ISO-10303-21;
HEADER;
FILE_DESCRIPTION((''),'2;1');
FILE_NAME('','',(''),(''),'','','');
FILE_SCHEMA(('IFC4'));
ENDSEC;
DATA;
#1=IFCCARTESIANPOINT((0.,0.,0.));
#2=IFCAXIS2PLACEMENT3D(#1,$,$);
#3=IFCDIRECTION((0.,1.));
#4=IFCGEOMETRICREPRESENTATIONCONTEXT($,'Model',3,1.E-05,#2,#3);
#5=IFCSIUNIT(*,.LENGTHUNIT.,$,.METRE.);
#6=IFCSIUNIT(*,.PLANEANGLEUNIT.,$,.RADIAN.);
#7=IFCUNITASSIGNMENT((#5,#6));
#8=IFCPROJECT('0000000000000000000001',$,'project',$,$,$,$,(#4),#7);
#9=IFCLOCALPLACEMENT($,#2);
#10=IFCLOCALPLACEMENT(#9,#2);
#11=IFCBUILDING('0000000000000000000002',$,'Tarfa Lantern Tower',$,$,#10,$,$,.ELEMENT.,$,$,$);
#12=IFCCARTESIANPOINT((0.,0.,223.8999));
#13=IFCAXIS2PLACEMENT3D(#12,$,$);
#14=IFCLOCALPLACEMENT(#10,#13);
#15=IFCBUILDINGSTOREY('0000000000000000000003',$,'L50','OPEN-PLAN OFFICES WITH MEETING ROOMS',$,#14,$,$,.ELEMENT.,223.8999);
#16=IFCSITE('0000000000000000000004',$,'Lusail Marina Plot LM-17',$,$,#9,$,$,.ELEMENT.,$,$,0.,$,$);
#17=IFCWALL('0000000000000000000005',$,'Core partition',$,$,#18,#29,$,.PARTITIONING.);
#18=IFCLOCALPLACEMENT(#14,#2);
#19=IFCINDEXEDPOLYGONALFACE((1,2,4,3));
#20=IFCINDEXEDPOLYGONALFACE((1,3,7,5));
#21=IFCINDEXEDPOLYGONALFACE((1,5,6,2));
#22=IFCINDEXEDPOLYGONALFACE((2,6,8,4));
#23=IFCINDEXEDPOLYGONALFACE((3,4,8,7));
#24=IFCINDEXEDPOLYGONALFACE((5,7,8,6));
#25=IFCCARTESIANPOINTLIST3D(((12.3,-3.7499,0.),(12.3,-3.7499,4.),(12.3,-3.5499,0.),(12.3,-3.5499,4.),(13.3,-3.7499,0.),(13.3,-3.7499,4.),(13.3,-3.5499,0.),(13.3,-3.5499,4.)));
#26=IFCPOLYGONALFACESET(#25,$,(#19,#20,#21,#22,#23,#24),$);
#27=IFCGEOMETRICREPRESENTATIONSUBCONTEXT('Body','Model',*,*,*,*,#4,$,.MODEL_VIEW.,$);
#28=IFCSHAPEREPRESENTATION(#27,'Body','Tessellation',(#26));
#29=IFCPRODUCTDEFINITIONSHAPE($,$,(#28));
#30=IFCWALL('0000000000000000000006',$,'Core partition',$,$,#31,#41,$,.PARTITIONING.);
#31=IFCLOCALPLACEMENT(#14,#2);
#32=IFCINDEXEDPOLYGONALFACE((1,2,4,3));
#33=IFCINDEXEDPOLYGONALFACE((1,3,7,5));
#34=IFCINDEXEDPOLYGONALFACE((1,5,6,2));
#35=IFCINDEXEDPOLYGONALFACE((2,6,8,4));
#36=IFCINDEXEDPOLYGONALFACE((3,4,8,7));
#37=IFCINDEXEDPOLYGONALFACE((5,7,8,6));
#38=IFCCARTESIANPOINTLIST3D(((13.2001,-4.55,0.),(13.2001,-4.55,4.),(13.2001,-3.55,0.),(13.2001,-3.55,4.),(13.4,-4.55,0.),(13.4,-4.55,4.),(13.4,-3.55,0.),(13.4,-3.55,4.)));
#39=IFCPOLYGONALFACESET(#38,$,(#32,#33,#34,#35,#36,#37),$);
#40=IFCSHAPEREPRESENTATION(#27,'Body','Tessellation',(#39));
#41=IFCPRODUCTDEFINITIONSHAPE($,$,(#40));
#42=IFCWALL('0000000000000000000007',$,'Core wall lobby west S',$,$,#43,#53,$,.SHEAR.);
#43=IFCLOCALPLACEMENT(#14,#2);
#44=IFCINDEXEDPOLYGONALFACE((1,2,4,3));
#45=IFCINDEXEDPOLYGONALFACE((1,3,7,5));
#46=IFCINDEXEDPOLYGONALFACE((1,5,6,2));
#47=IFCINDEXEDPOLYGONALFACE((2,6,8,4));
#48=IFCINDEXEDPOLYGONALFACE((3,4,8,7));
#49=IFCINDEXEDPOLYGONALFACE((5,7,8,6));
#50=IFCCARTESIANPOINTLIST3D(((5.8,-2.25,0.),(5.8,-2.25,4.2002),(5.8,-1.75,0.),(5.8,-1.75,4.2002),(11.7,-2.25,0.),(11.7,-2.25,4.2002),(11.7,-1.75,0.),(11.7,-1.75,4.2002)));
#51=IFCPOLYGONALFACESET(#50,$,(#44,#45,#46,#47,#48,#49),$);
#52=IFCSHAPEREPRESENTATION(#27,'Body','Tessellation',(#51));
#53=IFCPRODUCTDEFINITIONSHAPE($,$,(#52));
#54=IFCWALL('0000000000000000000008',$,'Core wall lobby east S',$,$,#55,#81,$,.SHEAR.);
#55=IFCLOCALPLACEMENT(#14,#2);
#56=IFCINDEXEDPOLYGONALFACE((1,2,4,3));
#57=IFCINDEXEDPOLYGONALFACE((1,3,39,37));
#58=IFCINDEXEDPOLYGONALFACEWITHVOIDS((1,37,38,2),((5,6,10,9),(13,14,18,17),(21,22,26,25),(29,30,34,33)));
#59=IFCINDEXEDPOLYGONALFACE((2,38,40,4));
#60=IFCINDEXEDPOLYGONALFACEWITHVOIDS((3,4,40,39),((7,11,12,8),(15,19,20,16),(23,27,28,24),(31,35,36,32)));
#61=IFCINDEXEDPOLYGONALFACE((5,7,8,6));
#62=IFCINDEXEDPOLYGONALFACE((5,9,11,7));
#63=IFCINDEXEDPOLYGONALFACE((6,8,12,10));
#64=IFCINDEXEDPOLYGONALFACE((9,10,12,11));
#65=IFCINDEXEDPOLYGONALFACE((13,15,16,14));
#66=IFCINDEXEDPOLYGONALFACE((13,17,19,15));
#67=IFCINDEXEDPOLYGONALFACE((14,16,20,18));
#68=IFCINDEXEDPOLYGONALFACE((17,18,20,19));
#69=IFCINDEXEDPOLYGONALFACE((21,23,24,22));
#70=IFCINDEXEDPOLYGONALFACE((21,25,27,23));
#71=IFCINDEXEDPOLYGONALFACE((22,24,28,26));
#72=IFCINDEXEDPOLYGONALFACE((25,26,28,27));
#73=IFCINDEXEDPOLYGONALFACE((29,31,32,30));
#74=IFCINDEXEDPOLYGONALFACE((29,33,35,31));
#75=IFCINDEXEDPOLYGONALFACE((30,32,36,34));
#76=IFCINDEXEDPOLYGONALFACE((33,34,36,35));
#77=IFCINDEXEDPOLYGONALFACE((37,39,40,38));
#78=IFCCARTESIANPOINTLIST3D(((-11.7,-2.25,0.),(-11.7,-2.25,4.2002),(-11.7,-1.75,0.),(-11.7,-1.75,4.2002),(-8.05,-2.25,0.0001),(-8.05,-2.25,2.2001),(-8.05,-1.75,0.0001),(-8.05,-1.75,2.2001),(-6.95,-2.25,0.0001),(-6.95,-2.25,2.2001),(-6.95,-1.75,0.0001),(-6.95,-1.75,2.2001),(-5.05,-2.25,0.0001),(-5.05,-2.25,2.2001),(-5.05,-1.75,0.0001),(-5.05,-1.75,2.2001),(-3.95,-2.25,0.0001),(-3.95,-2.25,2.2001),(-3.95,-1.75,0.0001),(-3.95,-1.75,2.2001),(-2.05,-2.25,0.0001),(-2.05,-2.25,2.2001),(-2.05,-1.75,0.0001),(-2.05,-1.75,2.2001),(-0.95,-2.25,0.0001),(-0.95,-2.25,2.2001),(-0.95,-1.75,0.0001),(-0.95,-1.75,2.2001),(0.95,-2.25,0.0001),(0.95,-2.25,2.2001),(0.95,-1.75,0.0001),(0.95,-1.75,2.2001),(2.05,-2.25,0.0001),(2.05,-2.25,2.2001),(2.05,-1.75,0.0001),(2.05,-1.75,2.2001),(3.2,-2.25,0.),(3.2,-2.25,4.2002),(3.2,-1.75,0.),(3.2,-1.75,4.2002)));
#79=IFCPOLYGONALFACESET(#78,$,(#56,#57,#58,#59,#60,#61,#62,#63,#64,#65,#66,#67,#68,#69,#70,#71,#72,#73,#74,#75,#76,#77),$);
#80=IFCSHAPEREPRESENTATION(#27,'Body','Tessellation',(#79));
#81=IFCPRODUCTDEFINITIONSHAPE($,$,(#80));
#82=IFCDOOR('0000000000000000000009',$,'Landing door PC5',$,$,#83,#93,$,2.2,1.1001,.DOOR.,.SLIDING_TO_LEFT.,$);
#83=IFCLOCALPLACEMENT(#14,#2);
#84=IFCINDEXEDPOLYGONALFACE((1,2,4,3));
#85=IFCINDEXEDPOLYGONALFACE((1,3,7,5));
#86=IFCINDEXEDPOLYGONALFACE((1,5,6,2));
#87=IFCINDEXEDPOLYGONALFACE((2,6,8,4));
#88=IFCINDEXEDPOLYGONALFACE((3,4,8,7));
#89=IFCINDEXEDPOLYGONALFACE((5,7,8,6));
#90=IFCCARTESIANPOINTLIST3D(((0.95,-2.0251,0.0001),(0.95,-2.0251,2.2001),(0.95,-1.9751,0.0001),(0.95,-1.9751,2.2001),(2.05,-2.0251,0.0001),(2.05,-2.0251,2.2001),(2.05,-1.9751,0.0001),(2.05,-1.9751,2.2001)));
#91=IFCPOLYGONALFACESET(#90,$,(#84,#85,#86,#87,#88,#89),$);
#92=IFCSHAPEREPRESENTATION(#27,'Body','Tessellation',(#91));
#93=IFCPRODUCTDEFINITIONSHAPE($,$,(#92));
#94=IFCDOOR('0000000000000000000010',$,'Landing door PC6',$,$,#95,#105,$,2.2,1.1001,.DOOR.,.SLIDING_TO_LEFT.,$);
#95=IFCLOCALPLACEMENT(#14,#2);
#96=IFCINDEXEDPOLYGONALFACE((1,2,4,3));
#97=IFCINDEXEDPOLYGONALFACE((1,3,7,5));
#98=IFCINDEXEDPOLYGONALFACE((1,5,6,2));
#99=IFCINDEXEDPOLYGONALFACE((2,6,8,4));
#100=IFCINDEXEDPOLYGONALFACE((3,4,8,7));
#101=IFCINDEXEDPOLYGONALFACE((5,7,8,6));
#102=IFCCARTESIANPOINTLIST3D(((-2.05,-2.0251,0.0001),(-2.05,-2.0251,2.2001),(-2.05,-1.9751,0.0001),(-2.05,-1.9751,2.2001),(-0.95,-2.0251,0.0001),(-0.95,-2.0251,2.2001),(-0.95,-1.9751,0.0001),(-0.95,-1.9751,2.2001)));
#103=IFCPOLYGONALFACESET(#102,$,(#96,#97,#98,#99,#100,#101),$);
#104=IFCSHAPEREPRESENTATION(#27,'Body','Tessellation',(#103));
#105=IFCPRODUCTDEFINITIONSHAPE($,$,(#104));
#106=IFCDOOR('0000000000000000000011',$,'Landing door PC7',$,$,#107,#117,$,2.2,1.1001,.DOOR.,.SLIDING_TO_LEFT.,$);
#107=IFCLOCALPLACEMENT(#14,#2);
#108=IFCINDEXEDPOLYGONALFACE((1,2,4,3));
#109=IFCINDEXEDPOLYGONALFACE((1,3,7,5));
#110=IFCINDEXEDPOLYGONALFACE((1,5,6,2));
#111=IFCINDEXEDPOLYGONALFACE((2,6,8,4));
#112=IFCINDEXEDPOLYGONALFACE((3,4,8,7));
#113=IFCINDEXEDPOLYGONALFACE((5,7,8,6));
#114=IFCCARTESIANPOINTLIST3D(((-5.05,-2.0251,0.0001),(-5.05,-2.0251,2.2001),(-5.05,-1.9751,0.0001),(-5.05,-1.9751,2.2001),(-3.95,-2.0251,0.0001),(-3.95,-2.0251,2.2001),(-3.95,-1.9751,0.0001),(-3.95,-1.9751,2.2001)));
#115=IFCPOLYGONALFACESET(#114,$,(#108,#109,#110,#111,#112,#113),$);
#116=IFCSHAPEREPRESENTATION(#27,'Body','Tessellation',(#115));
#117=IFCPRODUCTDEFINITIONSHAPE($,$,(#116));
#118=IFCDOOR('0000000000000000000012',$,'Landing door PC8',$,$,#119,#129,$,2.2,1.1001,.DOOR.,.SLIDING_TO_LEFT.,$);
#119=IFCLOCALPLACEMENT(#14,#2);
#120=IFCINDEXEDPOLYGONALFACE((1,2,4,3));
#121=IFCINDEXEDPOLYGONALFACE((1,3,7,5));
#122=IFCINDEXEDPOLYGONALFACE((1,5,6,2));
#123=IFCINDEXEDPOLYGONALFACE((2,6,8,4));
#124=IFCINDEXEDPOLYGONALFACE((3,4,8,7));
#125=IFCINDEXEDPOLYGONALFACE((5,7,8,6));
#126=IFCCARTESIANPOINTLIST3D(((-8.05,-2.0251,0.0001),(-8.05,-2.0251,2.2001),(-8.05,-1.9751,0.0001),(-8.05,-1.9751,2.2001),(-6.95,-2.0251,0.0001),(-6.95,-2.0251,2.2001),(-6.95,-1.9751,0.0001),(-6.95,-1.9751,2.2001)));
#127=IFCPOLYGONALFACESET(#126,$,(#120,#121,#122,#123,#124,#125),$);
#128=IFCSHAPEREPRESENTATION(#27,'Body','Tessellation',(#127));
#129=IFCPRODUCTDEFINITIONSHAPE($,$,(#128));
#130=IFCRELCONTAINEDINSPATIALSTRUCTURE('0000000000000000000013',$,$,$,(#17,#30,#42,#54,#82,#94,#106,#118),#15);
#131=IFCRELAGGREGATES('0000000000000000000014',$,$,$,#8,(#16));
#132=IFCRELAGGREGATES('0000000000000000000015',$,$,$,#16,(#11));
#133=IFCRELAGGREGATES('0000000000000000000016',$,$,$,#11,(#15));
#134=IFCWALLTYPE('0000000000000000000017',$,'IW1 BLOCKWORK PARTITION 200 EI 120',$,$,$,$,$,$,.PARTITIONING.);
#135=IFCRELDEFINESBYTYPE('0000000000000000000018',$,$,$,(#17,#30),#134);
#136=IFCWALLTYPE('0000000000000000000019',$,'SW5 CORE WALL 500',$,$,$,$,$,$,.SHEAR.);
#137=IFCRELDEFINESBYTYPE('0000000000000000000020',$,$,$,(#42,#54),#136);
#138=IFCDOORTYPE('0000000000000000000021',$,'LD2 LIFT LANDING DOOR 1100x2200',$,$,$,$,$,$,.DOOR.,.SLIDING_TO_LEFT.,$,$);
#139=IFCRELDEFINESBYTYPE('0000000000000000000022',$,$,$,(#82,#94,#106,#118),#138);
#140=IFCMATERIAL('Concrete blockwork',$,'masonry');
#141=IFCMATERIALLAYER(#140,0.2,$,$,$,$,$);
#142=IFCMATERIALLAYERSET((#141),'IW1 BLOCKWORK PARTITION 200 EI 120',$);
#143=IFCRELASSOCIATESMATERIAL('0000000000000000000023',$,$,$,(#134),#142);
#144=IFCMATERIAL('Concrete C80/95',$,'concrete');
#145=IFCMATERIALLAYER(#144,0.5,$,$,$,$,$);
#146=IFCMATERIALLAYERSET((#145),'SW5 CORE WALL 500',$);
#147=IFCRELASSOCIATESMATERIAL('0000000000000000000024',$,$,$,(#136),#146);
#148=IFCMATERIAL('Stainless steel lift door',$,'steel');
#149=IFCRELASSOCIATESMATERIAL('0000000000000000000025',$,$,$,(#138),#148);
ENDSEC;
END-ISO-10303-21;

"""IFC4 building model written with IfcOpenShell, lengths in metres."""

from ifc_helpers import new_model, si_unit, direction, frame, frame_2d, origin, place, context, subcontext, project, spatial, rectangle, extrude, material, layer, layer_set, type_object, element, fill, save


model = new_model("IFC4")

# Units and contexts
model_context = context("Model", 3, precision=1e-05, world=origin(), true_north=direction((0.0, 1.0)))
body_context = subcontext(model_context, "Body", "Model", "MODEL_VIEW")
ifc_project = project(units=[si_unit("LENGTHUNIT", "METRE"), si_unit("PLANEANGLEUNIT", "RADIAN")], contexts=[model_context])

# Site, building, storey
site_placement = place(None, origin())
site = spatial("IfcSite", under=ifc_project, at=site_placement, Name="Lusail Marina Plot LM-17", CompositionType="ELEMENT", RefElevation=0.0)
building_placement = place(site_placement, origin())
building = spatial("IfcBuilding", under=site, at=building_placement, Name="Tarfa Lantern Tower", CompositionType="ELEMENT")
storey_placement = place(building_placement, frame((0.0, 0.0, 223.8999)))
storey = spatial("IfcBuildingStorey", under=building, at=storey_placement, Name="L50", Description="OPEN-PLAN OFFICES WITH MEETING ROOMS", CompositionType="ELEMENT", Elevation=223.8999)

# Walls
ifc_material_1 = material(Name="Concrete blockwork", Category="masonry")
ifc_layer_1 = layer(ifc_material_1, 0.2)
ifc_layer_set_1 = layer_set([ifc_layer_1], Name="IW1 BLOCKWORK PARTITION 200 EI 120")
wall_type_1 = type_object("IfcWallType", Name="IW1 BLOCKWORK PARTITION 200 EI 120", PredefinedType="PARTITIONING", material=ifc_layer_set_1)
for number, where, z_axis, x_axis, name in (
    (1, (13.3, -3.6499, 0.0), (0.0, 0.0, 1.0), (-1.0, 0.0, 0.0), "Core partition"),
    (2, (13.3, -3.55, 0.0), (0.0, 0.0, 1.0), (0.0, -1.0, 0.0), "Core partition"),
):
    element("IfcWall", number, at=place(storey_placement, frame(where, z_axis=z_axis, x_axis=x_axis)), inside=storey, type_object=wall_type_1, Name=name, PredefinedType="PARTITIONING", context=body_context, shape_type="SweptSolid", body=[
        extrude(rectangle(XDim=1.0, YDim=0.2, at=frame_2d((0.5, 0.0))), origin(), (0.0, 0.0, 1.0), 4.0),
    ])
ifc_material_2 = material(Name="Concrete C80/95", Category="concrete")
ifc_layer_2 = layer(ifc_material_2, 0.5)
ifc_layer_set_2 = layer_set([ifc_layer_2], Name="SW5 CORE WALL 500")
wall_type_2 = type_object("IfcWallType", Name="SW5 CORE WALL 500", PredefinedType="SHEAR", material=ifc_layer_set_2)
wall_1_placement = place(storey_placement, frame((11.7, -2.0, 0.0), z_axis=(0.0, 0.0, 1.0), x_axis=(-1.0, 0.0, 0.0)))
element("IfcWall", 3, at=wall_1_placement, inside=storey, type_object=wall_type_2, Name="Core wall lobby west S", PredefinedType="SHEAR", context=body_context, shape_type="SweptSolid", body=[
    extrude(rectangle(XDim=5.8999, YDim=0.5, at=frame_2d((2.95, 0.0))), origin(), (0.0, 0.0, 1.0), 4.2002),
])

# Wall, openings, doors
wall_2_placement = place(storey_placement, frame((3.2, -2.0, 0.0), z_axis=(0.0, 0.0, 1.0), x_axis=(-1.0, 0.0, 0.0)))
wall_2 = element("IfcWall", 4, at=wall_2_placement, inside=storey, type_object=wall_type_2, Name="Core wall lobby east S", PredefinedType="SHEAR", context=body_context, shape_type="SweptSolid", body=[
    extrude(rectangle(XDim=14.8999, YDim=0.5, at=frame_2d((7.45, 0.0))), origin(), (0.0, 0.0, 1.0), 4.2002),
])
opening_1_placement = place(wall_2_placement, frame((1.1499, 0.0, 0.0)))
opening_1 = element("IfcOpeningElement", 5, at=opening_1_placement, cuts=wall_2, PredefinedType="OPENING", context=body_context, shape_type="SweptSolid", body=[
    extrude(rectangle(XDim=1.1001, YDim=2.2, at=frame_2d((0.55, 1.1001))), frame((0.0, 0.26, 0.0), z_axis=(0.0, -1.0, 0.0), x_axis=(1.0, 0.0, 0.0)), (0.0, 0.0, 1.0), 0.52),
])
opening_2_placement = place(wall_2_placement, frame((4.1499, 0.0, 0.0)))
opening_2 = element("IfcOpeningElement", 6, at=opening_2_placement, cuts=wall_2, PredefinedType="OPENING", context=body_context, shape_type="SweptSolid", body=[
    extrude(rectangle(XDim=1.1001, YDim=2.2, at=frame_2d((0.55, 1.1001))), frame((0.0, 0.26, 0.0), z_axis=(0.0, -1.0, 0.0), x_axis=(1.0, 0.0, 0.0)), (0.0, 0.0, 1.0), 0.52),
])
opening_3_placement = place(wall_2_placement, frame((7.1499, 0.0, 0.0)))
opening_3 = element("IfcOpeningElement", 7, at=opening_3_placement, cuts=wall_2, PredefinedType="OPENING", context=body_context, shape_type="SweptSolid", body=[
    extrude(rectangle(XDim=1.1001, YDim=2.2, at=frame_2d((0.55, 1.1001))), frame((0.0, 0.26, 0.0), z_axis=(0.0, -1.0, 0.0), x_axis=(1.0, 0.0, 0.0)), (0.0, 0.0, 1.0), 0.52),
])
opening_4_placement = place(wall_2_placement, frame((10.1499, 0.0, 0.0)))
opening_4 = element("IfcOpeningElement", 8, at=opening_4_placement, cuts=wall_2, PredefinedType="OPENING", context=body_context, shape_type="SweptSolid", body=[
    extrude(rectangle(XDim=1.1001, YDim=2.2, at=frame_2d((0.55, 1.1001))), frame((0.0, 0.26, 0.0), z_axis=(0.0, -1.0, 0.0), x_axis=(1.0, 0.0, 0.0)), (0.0, 0.0, 1.0), 0.52),
])
ifc_material_3 = material(Name="Stainless steel lift door", Category="steel")
door_type_1 = type_object("IfcDoorType", Name="LD2 LIFT LANDING DOOR 1100x2200", OperationType="SLIDING_TO_LEFT", PredefinedType="DOOR", material=ifc_material_3)
door_1_placement = place(opening_1_placement, frame((1.1001, 0.0, 0.0), z_axis=(0.0, 0.0, 1.0), x_axis=(-1.0, 0.0, 0.0)))
door_1 = element("IfcDoor", 9, at=door_1_placement, inside=storey, type_object=door_type_1, Name="Landing door PC5", OperationType="SLIDING_TO_LEFT", OverallHeight=2.2, OverallWidth=1.1001, PredefinedType="DOOR", context=body_context, shape_type="SweptSolid", body=[
    extrude(rectangle(XDim=1.1001, YDim=2.2, at=frame_2d((0.55, 1.1001))), frame((0.0, 0.0249, 0.0), z_axis=(0.0, -1.0, 0.0), x_axis=(1.0, 0.0, 0.0)), (0.0, 0.0, 1.0), 0.05),
])
fill(opening_1, door_1)
door_2_placement = place(opening_2_placement, frame((1.1001, 0.0, 0.0), z_axis=(0.0, 0.0, 1.0), x_axis=(-1.0, 0.0, 0.0)))
door_2 = element("IfcDoor", 10, at=door_2_placement, inside=storey, type_object=door_type_1, Name="Landing door PC6", OperationType="SLIDING_TO_LEFT", OverallHeight=2.2, OverallWidth=1.1001, PredefinedType="DOOR", context=body_context, shape_type="SweptSolid", body=[
    extrude(rectangle(XDim=1.1001, YDim=2.2, at=frame_2d((0.55, 1.1001))), frame((0.0, 0.0249, 0.0), z_axis=(0.0, -1.0, 0.0), x_axis=(1.0, 0.0, 0.0)), (0.0, 0.0, 1.0), 0.05),
])
fill(opening_2, door_2)
door_3_placement = place(opening_3_placement, frame((1.1001, 0.0, 0.0), z_axis=(0.0, 0.0, 1.0), x_axis=(-1.0, 0.0, 0.0)))
door_3 = element("IfcDoor", 11, at=door_3_placement, inside=storey, type_object=door_type_1, Name="Landing door PC7", OperationType="SLIDING_TO_LEFT", OverallHeight=2.2, OverallWidth=1.1001, PredefinedType="DOOR", context=body_context, shape_type="SweptSolid", body=[
    extrude(rectangle(XDim=1.1001, YDim=2.2, at=frame_2d((0.55, 1.1001))), frame((0.0, 0.0249, 0.0), z_axis=(0.0, -1.0, 0.0), x_axis=(1.0, 0.0, 0.0)), (0.0, 0.0, 1.0), 0.05),
])
fill(opening_3, door_3)
door_4_placement = place(opening_4_placement, frame((1.1001, 0.0, 0.0), z_axis=(0.0, 0.0, 1.0), x_axis=(-1.0, 0.0, 0.0)))
door_4 = element("IfcDoor", 12, at=door_4_placement, inside=storey, type_object=door_type_1, Name="Landing door PC8", OperationType="SLIDING_TO_LEFT", OverallHeight=2.2, OverallWidth=1.1001, PredefinedType="DOOR", context=body_context, shape_type="SweptSolid", body=[
    extrude(rectangle(XDim=1.1001, YDim=2.2, at=frame_2d((0.55, 1.1001))), frame((0.0, 0.0249, 0.0), z_axis=(0.0, -1.0, 0.0), x_axis=(1.0, 0.0, 0.0)), (0.0, 0.0, 1.0), 0.05),
])
fill(opening_4, door_4)

save(model, "model.ifc")
